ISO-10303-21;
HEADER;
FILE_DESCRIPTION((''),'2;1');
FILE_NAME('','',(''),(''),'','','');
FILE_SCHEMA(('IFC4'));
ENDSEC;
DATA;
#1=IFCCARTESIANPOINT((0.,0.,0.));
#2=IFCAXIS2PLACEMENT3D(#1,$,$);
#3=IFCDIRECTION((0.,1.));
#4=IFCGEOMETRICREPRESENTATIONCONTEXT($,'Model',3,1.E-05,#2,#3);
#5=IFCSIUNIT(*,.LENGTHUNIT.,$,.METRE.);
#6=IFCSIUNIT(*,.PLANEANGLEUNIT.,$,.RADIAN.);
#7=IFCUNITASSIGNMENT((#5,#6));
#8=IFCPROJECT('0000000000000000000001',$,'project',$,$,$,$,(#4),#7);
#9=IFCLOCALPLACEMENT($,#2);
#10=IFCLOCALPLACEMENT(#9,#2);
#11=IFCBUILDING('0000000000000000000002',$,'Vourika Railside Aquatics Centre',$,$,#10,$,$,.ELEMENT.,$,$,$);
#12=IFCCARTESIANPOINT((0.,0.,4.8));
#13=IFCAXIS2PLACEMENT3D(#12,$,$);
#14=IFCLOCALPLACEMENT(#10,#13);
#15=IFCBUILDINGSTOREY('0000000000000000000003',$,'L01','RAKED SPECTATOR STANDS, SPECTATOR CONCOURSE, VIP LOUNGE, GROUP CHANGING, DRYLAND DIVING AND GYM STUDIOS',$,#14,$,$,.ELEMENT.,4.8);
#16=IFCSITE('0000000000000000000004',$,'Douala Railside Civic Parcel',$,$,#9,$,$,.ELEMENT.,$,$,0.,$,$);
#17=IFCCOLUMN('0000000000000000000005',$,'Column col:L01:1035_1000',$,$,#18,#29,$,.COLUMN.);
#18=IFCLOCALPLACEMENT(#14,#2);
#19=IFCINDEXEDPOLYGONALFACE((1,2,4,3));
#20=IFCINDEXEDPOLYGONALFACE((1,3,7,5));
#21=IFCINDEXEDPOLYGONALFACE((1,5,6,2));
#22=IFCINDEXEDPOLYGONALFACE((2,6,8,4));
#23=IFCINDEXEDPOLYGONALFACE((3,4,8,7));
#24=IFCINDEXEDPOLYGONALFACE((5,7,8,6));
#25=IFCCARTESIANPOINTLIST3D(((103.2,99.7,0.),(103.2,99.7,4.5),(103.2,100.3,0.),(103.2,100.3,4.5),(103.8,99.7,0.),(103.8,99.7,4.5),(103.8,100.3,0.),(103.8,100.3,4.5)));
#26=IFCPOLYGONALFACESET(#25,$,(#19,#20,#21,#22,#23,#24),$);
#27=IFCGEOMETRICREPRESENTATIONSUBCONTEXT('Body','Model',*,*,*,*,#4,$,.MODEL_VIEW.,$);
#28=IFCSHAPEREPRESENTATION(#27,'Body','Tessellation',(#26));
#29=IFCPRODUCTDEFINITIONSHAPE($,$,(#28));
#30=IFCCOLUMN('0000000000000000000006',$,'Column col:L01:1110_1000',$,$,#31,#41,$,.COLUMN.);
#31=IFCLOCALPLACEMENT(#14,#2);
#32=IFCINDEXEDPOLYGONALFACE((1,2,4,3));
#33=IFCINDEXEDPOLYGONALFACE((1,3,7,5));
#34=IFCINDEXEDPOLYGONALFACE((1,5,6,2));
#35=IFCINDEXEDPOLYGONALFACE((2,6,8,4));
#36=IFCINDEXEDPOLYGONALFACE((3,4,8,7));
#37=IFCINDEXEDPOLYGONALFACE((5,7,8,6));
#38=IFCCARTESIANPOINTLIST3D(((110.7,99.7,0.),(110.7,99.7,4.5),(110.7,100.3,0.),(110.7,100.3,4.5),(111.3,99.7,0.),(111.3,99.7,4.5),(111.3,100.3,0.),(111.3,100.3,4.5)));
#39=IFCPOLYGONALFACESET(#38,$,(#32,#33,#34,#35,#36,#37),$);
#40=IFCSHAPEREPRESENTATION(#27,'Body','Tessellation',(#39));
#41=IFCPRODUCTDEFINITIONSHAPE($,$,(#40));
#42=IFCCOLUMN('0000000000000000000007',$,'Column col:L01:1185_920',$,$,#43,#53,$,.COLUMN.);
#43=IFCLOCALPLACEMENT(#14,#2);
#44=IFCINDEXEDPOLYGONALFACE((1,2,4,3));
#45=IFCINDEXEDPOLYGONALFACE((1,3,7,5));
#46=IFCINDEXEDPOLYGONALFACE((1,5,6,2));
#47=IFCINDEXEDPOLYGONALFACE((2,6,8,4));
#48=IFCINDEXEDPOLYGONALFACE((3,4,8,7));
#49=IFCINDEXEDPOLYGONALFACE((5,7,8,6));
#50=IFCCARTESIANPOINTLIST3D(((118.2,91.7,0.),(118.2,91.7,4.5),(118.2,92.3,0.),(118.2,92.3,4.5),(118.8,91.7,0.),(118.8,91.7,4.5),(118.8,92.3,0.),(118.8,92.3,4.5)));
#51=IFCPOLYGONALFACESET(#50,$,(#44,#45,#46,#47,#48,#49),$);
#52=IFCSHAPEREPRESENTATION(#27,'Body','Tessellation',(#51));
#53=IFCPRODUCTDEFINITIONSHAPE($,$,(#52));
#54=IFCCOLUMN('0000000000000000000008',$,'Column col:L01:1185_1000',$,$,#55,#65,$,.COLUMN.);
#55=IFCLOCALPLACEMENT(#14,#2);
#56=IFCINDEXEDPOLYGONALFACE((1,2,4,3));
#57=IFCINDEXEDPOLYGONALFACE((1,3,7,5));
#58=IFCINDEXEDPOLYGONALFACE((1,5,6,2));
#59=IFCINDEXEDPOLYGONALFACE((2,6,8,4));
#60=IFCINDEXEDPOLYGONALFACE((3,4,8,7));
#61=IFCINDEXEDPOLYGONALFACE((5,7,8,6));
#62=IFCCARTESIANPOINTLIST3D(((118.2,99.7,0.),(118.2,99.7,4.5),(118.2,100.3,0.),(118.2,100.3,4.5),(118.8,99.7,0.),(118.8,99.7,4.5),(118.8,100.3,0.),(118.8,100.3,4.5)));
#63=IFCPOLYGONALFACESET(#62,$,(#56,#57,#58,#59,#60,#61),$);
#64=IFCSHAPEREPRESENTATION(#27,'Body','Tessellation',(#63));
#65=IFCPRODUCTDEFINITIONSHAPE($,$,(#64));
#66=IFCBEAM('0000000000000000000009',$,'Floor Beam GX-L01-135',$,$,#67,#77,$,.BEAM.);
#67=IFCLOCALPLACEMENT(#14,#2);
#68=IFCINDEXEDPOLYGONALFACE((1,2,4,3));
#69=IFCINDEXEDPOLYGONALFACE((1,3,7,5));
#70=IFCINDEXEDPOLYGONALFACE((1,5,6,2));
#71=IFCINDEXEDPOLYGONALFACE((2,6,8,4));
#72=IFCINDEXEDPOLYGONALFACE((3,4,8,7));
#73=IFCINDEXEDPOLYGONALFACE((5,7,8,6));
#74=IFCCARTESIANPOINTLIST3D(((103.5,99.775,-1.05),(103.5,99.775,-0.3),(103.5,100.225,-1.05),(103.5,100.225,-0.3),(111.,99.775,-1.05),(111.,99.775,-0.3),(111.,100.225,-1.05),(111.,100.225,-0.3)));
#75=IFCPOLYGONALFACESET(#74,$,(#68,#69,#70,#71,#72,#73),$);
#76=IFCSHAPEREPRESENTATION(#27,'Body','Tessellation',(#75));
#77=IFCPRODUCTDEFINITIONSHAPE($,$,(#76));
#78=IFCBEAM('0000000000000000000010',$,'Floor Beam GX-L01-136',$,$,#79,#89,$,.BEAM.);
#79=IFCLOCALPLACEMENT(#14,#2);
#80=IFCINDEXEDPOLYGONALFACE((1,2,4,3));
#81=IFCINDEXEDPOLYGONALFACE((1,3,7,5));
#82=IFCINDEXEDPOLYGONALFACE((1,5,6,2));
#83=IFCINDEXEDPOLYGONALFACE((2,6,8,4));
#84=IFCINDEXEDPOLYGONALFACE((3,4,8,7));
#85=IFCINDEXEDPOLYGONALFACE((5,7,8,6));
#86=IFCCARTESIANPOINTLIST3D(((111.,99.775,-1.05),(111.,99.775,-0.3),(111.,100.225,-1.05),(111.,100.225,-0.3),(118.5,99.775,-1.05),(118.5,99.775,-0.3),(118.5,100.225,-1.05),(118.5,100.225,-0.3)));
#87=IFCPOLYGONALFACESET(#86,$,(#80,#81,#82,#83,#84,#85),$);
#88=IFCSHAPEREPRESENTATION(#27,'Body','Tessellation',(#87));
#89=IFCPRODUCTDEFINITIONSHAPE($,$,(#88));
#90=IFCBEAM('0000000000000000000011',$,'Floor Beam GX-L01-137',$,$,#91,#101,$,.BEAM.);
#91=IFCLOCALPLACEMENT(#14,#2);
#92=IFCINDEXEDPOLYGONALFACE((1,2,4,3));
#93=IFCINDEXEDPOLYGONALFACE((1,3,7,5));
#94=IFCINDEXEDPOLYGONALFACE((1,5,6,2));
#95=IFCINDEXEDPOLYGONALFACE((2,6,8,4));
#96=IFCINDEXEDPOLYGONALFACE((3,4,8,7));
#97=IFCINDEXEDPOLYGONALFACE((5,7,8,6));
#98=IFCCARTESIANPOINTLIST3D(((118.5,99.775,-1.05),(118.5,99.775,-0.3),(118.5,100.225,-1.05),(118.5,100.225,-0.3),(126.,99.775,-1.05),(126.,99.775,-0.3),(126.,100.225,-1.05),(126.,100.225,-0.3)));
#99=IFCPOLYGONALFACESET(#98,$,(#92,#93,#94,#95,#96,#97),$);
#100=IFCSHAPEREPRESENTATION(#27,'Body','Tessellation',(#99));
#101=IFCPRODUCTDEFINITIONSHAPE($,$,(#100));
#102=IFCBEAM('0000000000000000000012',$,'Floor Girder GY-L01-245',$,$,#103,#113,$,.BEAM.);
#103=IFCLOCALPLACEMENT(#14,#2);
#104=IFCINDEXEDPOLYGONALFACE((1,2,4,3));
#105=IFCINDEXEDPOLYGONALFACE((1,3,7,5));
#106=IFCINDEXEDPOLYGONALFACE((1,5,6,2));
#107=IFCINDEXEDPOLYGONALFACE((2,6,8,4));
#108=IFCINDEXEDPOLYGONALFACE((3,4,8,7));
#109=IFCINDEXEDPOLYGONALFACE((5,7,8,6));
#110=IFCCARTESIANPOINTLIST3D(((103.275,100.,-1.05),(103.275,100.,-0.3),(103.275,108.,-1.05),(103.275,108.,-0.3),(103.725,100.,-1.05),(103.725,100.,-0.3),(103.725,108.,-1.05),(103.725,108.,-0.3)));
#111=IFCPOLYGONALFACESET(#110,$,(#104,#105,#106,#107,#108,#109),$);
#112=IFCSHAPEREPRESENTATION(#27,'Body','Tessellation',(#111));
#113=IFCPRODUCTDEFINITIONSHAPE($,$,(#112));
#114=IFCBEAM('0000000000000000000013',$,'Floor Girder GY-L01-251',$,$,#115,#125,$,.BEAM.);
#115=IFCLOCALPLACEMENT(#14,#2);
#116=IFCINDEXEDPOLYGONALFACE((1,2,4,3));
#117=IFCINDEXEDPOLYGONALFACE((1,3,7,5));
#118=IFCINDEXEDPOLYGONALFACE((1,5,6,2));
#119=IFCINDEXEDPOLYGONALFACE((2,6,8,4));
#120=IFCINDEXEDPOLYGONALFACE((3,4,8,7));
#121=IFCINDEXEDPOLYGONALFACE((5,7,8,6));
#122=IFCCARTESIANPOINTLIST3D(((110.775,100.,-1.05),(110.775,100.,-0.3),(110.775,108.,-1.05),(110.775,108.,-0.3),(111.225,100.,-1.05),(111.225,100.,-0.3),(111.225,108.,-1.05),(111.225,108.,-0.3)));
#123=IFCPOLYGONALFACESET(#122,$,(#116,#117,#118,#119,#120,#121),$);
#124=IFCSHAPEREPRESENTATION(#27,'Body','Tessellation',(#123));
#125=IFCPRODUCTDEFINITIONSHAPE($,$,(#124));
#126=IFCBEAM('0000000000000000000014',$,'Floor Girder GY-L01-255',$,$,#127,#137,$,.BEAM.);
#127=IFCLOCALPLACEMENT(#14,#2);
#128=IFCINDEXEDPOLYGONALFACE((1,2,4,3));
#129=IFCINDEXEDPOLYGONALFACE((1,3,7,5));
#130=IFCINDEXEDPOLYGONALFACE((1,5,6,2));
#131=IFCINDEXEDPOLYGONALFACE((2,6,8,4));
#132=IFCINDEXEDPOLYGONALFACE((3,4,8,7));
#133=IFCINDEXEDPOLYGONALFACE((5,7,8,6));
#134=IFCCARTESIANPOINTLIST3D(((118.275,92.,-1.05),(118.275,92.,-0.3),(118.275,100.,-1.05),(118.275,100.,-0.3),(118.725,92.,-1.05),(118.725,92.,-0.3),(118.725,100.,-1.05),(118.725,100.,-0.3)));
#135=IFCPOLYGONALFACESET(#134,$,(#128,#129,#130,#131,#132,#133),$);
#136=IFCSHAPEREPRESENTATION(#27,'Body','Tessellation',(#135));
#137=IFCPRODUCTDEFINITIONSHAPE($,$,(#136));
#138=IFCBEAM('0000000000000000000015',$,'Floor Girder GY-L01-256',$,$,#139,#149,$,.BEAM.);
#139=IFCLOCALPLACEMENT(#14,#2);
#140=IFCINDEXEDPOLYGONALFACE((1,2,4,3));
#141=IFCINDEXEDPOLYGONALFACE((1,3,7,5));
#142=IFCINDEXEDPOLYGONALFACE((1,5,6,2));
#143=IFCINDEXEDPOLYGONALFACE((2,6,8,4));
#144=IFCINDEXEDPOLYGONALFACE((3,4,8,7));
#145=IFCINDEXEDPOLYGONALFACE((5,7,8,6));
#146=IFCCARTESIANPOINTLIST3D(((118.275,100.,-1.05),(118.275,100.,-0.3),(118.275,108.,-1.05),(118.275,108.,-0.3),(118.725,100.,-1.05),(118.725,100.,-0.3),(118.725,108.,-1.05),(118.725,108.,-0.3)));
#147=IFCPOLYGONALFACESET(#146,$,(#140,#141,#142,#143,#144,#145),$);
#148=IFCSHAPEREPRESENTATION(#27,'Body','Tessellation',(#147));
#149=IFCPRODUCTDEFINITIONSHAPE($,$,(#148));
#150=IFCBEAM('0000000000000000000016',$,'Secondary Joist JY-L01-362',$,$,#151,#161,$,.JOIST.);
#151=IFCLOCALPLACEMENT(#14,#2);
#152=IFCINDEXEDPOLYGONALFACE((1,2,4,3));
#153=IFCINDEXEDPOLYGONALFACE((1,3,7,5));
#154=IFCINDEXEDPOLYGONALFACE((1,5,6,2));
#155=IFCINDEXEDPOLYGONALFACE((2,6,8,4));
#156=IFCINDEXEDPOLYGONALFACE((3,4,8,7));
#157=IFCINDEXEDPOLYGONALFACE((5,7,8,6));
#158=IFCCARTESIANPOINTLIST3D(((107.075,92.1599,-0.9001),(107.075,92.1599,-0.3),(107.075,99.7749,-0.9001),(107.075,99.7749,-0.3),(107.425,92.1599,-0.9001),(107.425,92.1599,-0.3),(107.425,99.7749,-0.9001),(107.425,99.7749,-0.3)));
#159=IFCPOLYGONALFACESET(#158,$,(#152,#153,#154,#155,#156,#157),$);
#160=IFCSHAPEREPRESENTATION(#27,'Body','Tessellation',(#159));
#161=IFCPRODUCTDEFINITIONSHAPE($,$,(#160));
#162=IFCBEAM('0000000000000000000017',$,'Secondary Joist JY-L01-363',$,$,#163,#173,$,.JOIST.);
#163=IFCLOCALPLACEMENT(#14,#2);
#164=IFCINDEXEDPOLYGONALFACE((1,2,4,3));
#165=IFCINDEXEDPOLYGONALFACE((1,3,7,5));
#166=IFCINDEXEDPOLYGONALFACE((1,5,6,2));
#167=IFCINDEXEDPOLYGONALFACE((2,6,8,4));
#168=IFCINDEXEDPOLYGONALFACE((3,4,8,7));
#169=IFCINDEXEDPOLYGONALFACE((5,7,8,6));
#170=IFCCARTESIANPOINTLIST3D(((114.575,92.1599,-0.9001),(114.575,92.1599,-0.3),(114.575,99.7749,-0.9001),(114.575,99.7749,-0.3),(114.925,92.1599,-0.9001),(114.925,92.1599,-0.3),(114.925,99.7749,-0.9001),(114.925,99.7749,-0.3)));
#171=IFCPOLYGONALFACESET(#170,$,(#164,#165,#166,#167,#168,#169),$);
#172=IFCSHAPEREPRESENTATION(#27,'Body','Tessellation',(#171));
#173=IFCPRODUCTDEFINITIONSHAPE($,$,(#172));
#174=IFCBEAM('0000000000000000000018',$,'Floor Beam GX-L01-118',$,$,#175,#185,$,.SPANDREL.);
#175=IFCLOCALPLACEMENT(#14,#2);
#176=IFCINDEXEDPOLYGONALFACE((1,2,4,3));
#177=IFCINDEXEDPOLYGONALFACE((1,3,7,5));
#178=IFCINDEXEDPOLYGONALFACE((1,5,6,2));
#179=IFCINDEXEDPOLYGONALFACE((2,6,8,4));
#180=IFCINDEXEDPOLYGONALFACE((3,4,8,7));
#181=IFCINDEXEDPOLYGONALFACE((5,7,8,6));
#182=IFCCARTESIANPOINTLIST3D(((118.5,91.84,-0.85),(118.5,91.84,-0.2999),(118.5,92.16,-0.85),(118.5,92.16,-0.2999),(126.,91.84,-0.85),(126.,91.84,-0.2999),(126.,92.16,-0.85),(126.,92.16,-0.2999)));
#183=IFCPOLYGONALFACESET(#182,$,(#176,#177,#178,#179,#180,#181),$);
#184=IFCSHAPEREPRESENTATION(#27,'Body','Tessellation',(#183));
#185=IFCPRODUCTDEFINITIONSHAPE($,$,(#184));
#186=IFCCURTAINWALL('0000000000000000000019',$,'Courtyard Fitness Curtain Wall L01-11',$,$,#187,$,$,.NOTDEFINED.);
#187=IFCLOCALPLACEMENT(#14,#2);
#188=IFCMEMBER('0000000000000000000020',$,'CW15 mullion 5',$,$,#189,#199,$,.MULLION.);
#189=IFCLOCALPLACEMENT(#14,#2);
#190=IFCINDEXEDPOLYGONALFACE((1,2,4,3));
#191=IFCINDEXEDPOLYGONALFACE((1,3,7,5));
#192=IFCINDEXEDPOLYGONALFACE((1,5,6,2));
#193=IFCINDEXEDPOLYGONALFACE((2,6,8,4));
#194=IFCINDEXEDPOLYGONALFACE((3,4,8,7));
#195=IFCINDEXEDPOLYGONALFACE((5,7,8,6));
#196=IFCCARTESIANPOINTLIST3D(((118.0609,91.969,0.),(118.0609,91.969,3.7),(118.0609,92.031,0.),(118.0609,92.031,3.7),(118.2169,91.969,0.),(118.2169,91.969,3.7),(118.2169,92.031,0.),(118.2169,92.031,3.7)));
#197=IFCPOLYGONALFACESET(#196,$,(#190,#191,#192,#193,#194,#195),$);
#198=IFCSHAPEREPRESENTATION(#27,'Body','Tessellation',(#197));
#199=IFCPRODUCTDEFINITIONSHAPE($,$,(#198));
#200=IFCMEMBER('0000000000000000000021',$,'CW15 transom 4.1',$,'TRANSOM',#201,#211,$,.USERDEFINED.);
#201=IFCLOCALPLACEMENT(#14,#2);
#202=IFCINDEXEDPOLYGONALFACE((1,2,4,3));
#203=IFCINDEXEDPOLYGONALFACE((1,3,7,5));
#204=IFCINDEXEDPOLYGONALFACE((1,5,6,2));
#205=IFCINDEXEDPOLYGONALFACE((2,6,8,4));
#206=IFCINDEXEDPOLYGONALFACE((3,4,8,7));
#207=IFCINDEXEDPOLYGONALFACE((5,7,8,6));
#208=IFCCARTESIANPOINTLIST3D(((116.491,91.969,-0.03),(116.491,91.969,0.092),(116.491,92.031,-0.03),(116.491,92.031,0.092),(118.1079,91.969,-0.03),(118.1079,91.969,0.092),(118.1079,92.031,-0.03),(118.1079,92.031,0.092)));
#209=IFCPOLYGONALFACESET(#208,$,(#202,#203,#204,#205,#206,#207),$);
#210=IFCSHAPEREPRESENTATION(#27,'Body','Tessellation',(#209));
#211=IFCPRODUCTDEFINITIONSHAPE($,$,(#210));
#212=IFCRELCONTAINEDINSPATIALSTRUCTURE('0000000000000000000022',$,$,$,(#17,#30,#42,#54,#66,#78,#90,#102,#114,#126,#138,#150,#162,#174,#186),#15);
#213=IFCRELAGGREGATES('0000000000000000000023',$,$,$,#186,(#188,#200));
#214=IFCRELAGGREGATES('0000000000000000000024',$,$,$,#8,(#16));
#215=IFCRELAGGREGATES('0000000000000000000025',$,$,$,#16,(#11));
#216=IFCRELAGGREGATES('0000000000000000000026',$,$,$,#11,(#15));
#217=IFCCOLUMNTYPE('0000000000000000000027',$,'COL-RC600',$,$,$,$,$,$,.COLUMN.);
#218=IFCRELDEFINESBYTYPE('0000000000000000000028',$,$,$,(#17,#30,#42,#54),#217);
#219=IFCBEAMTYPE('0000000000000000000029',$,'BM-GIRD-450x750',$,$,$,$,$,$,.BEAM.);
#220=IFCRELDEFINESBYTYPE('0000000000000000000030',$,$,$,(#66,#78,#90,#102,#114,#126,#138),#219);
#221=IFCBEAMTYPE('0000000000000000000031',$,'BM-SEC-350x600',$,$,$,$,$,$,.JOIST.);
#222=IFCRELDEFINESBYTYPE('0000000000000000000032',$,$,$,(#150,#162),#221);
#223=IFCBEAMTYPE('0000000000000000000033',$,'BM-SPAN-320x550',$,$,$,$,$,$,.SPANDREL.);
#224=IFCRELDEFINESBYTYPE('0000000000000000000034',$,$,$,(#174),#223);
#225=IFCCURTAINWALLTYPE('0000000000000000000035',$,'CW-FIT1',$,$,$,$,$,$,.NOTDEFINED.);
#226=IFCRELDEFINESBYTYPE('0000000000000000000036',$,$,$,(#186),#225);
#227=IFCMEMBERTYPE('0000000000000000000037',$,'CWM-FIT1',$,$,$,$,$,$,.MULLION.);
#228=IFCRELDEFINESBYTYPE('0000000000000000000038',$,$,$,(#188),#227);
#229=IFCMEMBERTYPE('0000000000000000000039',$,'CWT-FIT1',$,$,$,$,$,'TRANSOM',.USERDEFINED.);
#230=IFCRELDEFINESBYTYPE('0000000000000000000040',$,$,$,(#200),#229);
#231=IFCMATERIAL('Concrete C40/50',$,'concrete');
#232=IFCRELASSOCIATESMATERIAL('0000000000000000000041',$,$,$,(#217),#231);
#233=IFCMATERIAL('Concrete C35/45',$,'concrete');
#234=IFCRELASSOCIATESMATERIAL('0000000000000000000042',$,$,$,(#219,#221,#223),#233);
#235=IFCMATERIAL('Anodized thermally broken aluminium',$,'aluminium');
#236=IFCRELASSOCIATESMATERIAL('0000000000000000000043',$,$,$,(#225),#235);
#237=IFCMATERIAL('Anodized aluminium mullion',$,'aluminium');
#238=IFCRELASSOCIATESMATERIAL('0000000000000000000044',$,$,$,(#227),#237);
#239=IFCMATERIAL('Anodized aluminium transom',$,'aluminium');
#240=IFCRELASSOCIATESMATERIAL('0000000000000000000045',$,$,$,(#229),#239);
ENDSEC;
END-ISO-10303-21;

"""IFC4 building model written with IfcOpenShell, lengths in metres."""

from ifc_helpers import new_model, si_unit, direction, frame, origin, origin_2d, place, context, subcontext, project, spatial, rectangle, extrude, material, material_profile, profile_set, type_object, element, aggregate, save


model = new_model("IFC4")

# Units and contexts
model_context = context("Model", 3, precision=1e-05, world=origin(), true_north=direction((0.0, 1.0)))
body_context = subcontext(model_context, "Body", "Model", "MODEL_VIEW")
ifc_project = project(units=[si_unit("LENGTHUNIT", "METRE"), si_unit("PLANEANGLEUNIT", "RADIAN")], contexts=[model_context])

# Site, building, storey
site_placement = place(None, origin())
site = spatial("IfcSite", under=ifc_project, at=site_placement, Name="Douala Railside Civic Parcel", CompositionType="ELEMENT", RefElevation=0.0)
building_placement = place(site_placement, origin())
building = spatial("IfcBuilding", under=site, at=building_placement, Name="Vourika Railside Aquatics Centre", CompositionType="ELEMENT")
storey_placement = place(building_placement, frame((0.0, 0.0, 4.8)))
storey = spatial("IfcBuildingStorey", under=building, at=storey_placement, Name="L01", Description="RAKED SPECTATOR STANDS, SPECTATOR CONCOURSE, VIP LOUNGE, GROUP CHANGING, DRYLAND DIVING AND GYM STUDIOS", CompositionType="ELEMENT", Elevation=4.8)

# Columns
ifc_material_1 = material(Name="Concrete C40/50", Category="concrete")
ifc_material_profile_1 = material_profile(ifc_material_1, rectangle(XDim=0.6001, YDim=0.6001, at=origin_2d()), Name="RC 600x600")
ifc_profile_set_1 = profile_set([ifc_material_profile_1], Name="Concrete C40/50")
column_type = type_object("IfcColumnType", Name="COL-RC600", PredefinedType="COLUMN", material=ifc_profile_set_1)
for number, where, z_axis, x_axis, name in (
    (1, (103.5, 100.0, 0.0), (0.0, 0.0, 1.0), (1.0, 0.0, 0.0), "Column col:L01:1035_1000"),
    (2, (111.0, 100.0, 0.0), (0.0, 0.0, 1.0), (1.0, 0.0, 0.0), "Column col:L01:1110_1000"),
    (3, (118.5, 92.0, 0.0), (0.0, 0.0, 1.0), (1.0, 0.0, 0.0), "Column col:L01:1185_920"),
    (4, (118.5, 100.0, 0.0), (0.0, 0.0, 1.0), (1.0, 0.0, 0.0), "Column col:L01:1185_1000"),
):
    element("IfcColumn", number, at=place(storey_placement, frame(where, z_axis=z_axis, x_axis=x_axis)), inside=storey, type_object=column_type, Name=name, PredefinedType="COLUMN", context=body_context, shape_type="SweptSolid", body=[
        extrude(rectangle(XDim=0.6001, YDim=0.6001, at=origin_2d()), origin(), (0.0, 0.0, 1.0), 4.5),
    ])

# Beams
ifc_material_2 = material(Name="Concrete C35/45", Category="concrete")
ifc_material_profile_2 = material_profile(ifc_material_2, rectangle(XDim=0.45, YDim=0.75, at=origin_2d()), Name="RC 450x750")
ifc_profile_set_2 = profile_set([ifc_material_profile_2], Name="Concrete C35/45")
beam_type_1 = type_object("IfcBeamType", Name="BM-GIRD-450x750", PredefinedType="BEAM", material=ifc_profile_set_2)
for number, where, z_axis, x_axis, name in (
    (5, (103.5, 100.0, -0.675), (1.0, 0.0, 0.0), (0.0, 1.0, 0.0), "Floor Beam GX-L01-135"),
    (6, (111.0, 100.0, -0.675), (1.0, 0.0, 0.0), (0.0, 1.0, 0.0), "Floor Beam GX-L01-136"),
    (7, (118.5, 100.0, -0.675), (1.0, 0.0, 0.0), (0.0, 1.0, 0.0), "Floor Beam GX-L01-137"),
):
    element("IfcBeam", number, at=place(storey_placement, frame(where, z_axis=z_axis, x_axis=x_axis)), inside=storey, type_object=beam_type_1, Name=name, PredefinedType="BEAM", context=body_context, shape_type="SweptSolid", body=[
        extrude(rectangle(XDim=0.45, YDim=0.75, at=origin_2d()), origin(), (0.0, 0.0, 1.0), 7.5),
    ])
for number, where, z_axis, x_axis, name in (
    (8, (103.5, 100.0, -0.675), (0.0, 1.0, 0.0), (-1.0, 0.0, 0.0), "Floor Girder GY-L01-245"),
    (9, (111.0, 100.0, -0.675), (0.0, 1.0, 0.0), (-1.0, 0.0, 0.0), "Floor Girder GY-L01-251"),
    (10, (118.5, 92.0, -0.675), (0.0, 1.0, 0.0), (-1.0, 0.0, 0.0), "Floor Girder GY-L01-255"),
    (11, (118.5, 100.0, -0.675), (0.0, 1.0, 0.0), (-1.0, 0.0, 0.0), "Floor Girder GY-L01-256"),
):
    element("IfcBeam", number, at=place(storey_placement, frame(where, z_axis=z_axis, x_axis=x_axis)), inside=storey, type_object=beam_type_1, Name=name, PredefinedType="BEAM", context=body_context, shape_type="SweptSolid", body=[
        extrude(rectangle(XDim=0.45, YDim=0.75, at=origin_2d()), origin(), (0.0, 0.0, 1.0), 8.0),
    ])
ifc_material_profile_3 = material_profile(ifc_material_2, rectangle(XDim=0.3501, YDim=0.6001, at=origin_2d()), Name="RC 350x600")
ifc_profile_set_3 = profile_set([ifc_material_profile_3], Name="Concrete C35/45")
beam_type_2 = type_object("IfcBeamType", Name="BM-SEC-350x600", PredefinedType="JOIST", material=ifc_profile_set_3)
for number, where, z_axis, x_axis, name in (
    (12, (107.25, 92.1599, -0.6001), (0.0, 1.0, 0.0), (-1.0, 0.0, 0.0), "Secondary Joist JY-L01-362"),
    (13, (114.75, 92.1599, -0.6001), (0.0, 1.0, 0.0), (-1.0, 0.0, 0.0), "Secondary Joist JY-L01-363"),
):
    element("IfcBeam", number, at=place(storey_placement, frame(where, z_axis=z_axis, x_axis=x_axis)), inside=storey, type_object=beam_type_2, Name=name, PredefinedType="JOIST", context=body_context, shape_type="SweptSolid", body=[
        extrude(rectangle(XDim=0.3501, YDim=0.6001, at=origin_2d()), origin(), (0.0, 0.0, 1.0), 7.615),
    ])
ifc_material_profile_4 = material_profile(ifc_material_2, rectangle(XDim=0.3201, YDim=0.55, at=origin_2d()), Name="RC 320x550")
ifc_profile_set_4 = profile_set([ifc_material_profile_4], Name="Concrete C35/45")
beam_type_3 = type_object("IfcBeamType", Name="BM-SPAN-320x550", PredefinedType="SPANDREL", material=ifc_profile_set_4)
beam_placement = place(storey_placement, frame((118.5, 92.0, -0.575), z_axis=(1.0, 0.0, 0.0), x_axis=(0.0, 1.0, 0.0)))
element("IfcBeam", 14, at=beam_placement, inside=storey, type_object=beam_type_3, Name="Floor Beam GX-L01-118", PredefinedType="SPANDREL", context=body_context, shape_type="SweptSolid", body=[
    extrude(rectangle(XDim=0.3201, YDim=0.55, at=origin_2d()), origin(), (0.0, 0.0, 1.0), 7.5),
])

# Curtain wall, members
ifc_material_3 = material(Name="Anodized thermally broken aluminium", Category="aluminium")
curtain_wall_type = type_object("IfcCurtainWallType", Name="CW-FIT1", PredefinedType="NOTDEFINED", material=ifc_material_3)
curtain_wall_placement = place(storey_placement, origin())
curtain_wall = element("IfcCurtainWall", 15, at=curtain_wall_placement, inside=storey, type_object=curtain_wall_type, Name="Courtyard Fitness Curtain Wall L01-11", PredefinedType="NOTDEFINED")
ifc_material_4 = material(Name="Anodized aluminium mullion", Category="aluminium")
ifc_material_profile_5 = material_profile(ifc_material_4, rectangle(XDim=0.062, YDim=0.156, at=origin_2d()), Name="ALU-M 62x156")
ifc_profile_set_5 = profile_set([ifc_material_profile_5], Name="Anodized aluminium mullion")
member_type_1 = type_object("IfcMemberType", Name="CWM-FIT1", PredefinedType="MULLION", material=ifc_profile_set_5)
member_1_placement = place(storey_placement, frame((118.1389, 92.0, 0.0), z_axis=(0.0, 0.0, 1.0), x_axis=(0.0, 1.0, 0.0)))
member_1 = element("IfcMember", 16, at=member_1_placement, type_object=member_type_1, Name="CW15 mullion 5", PredefinedType="MULLION", context=body_context, shape_type="SweptSolid", body=[
    extrude(rectangle(XDim=0.062, YDim=0.156, at=origin_2d()), origin(), (0.0, 0.0, 1.0), 3.7),
])
ifc_material_5 = material(Name="Anodized aluminium transom", Category="aluminium")
ifc_material_profile_6 = material_profile(ifc_material_5, rectangle(XDim=0.062, YDim=0.1221, at=origin_2d()), Name="ALU-T 62x122")
ifc_profile_set_6 = profile_set([ifc_material_profile_6], Name="Anodized aluminium transom")
member_type_2 = type_object("IfcMemberType", Name="CWT-FIT1", ElementType="TRANSOM", PredefinedType="USERDEFINED", material=ifc_profile_set_6)
member_2_placement = place(storey_placement, frame((116.491, 92.0, 0.031), z_axis=(1.0, 0.0, 0.0), x_axis=(0.0, 1.0, 0.0)))
member_2 = element("IfcMember", 17, at=member_2_placement, type_object=member_type_2, Name="CW15 transom 4.1", ObjectType="TRANSOM", PredefinedType="USERDEFINED", context=body_context, shape_type="SweptSolid", body=[
    extrude(rectangle(XDim=0.062, YDim=0.1221, at=origin_2d()), origin(), (0.0, 0.0, 1.0), 1.6169),
])
aggregate(curtain_wall, [member_1, member_2])

save(model, "model.ifc")
